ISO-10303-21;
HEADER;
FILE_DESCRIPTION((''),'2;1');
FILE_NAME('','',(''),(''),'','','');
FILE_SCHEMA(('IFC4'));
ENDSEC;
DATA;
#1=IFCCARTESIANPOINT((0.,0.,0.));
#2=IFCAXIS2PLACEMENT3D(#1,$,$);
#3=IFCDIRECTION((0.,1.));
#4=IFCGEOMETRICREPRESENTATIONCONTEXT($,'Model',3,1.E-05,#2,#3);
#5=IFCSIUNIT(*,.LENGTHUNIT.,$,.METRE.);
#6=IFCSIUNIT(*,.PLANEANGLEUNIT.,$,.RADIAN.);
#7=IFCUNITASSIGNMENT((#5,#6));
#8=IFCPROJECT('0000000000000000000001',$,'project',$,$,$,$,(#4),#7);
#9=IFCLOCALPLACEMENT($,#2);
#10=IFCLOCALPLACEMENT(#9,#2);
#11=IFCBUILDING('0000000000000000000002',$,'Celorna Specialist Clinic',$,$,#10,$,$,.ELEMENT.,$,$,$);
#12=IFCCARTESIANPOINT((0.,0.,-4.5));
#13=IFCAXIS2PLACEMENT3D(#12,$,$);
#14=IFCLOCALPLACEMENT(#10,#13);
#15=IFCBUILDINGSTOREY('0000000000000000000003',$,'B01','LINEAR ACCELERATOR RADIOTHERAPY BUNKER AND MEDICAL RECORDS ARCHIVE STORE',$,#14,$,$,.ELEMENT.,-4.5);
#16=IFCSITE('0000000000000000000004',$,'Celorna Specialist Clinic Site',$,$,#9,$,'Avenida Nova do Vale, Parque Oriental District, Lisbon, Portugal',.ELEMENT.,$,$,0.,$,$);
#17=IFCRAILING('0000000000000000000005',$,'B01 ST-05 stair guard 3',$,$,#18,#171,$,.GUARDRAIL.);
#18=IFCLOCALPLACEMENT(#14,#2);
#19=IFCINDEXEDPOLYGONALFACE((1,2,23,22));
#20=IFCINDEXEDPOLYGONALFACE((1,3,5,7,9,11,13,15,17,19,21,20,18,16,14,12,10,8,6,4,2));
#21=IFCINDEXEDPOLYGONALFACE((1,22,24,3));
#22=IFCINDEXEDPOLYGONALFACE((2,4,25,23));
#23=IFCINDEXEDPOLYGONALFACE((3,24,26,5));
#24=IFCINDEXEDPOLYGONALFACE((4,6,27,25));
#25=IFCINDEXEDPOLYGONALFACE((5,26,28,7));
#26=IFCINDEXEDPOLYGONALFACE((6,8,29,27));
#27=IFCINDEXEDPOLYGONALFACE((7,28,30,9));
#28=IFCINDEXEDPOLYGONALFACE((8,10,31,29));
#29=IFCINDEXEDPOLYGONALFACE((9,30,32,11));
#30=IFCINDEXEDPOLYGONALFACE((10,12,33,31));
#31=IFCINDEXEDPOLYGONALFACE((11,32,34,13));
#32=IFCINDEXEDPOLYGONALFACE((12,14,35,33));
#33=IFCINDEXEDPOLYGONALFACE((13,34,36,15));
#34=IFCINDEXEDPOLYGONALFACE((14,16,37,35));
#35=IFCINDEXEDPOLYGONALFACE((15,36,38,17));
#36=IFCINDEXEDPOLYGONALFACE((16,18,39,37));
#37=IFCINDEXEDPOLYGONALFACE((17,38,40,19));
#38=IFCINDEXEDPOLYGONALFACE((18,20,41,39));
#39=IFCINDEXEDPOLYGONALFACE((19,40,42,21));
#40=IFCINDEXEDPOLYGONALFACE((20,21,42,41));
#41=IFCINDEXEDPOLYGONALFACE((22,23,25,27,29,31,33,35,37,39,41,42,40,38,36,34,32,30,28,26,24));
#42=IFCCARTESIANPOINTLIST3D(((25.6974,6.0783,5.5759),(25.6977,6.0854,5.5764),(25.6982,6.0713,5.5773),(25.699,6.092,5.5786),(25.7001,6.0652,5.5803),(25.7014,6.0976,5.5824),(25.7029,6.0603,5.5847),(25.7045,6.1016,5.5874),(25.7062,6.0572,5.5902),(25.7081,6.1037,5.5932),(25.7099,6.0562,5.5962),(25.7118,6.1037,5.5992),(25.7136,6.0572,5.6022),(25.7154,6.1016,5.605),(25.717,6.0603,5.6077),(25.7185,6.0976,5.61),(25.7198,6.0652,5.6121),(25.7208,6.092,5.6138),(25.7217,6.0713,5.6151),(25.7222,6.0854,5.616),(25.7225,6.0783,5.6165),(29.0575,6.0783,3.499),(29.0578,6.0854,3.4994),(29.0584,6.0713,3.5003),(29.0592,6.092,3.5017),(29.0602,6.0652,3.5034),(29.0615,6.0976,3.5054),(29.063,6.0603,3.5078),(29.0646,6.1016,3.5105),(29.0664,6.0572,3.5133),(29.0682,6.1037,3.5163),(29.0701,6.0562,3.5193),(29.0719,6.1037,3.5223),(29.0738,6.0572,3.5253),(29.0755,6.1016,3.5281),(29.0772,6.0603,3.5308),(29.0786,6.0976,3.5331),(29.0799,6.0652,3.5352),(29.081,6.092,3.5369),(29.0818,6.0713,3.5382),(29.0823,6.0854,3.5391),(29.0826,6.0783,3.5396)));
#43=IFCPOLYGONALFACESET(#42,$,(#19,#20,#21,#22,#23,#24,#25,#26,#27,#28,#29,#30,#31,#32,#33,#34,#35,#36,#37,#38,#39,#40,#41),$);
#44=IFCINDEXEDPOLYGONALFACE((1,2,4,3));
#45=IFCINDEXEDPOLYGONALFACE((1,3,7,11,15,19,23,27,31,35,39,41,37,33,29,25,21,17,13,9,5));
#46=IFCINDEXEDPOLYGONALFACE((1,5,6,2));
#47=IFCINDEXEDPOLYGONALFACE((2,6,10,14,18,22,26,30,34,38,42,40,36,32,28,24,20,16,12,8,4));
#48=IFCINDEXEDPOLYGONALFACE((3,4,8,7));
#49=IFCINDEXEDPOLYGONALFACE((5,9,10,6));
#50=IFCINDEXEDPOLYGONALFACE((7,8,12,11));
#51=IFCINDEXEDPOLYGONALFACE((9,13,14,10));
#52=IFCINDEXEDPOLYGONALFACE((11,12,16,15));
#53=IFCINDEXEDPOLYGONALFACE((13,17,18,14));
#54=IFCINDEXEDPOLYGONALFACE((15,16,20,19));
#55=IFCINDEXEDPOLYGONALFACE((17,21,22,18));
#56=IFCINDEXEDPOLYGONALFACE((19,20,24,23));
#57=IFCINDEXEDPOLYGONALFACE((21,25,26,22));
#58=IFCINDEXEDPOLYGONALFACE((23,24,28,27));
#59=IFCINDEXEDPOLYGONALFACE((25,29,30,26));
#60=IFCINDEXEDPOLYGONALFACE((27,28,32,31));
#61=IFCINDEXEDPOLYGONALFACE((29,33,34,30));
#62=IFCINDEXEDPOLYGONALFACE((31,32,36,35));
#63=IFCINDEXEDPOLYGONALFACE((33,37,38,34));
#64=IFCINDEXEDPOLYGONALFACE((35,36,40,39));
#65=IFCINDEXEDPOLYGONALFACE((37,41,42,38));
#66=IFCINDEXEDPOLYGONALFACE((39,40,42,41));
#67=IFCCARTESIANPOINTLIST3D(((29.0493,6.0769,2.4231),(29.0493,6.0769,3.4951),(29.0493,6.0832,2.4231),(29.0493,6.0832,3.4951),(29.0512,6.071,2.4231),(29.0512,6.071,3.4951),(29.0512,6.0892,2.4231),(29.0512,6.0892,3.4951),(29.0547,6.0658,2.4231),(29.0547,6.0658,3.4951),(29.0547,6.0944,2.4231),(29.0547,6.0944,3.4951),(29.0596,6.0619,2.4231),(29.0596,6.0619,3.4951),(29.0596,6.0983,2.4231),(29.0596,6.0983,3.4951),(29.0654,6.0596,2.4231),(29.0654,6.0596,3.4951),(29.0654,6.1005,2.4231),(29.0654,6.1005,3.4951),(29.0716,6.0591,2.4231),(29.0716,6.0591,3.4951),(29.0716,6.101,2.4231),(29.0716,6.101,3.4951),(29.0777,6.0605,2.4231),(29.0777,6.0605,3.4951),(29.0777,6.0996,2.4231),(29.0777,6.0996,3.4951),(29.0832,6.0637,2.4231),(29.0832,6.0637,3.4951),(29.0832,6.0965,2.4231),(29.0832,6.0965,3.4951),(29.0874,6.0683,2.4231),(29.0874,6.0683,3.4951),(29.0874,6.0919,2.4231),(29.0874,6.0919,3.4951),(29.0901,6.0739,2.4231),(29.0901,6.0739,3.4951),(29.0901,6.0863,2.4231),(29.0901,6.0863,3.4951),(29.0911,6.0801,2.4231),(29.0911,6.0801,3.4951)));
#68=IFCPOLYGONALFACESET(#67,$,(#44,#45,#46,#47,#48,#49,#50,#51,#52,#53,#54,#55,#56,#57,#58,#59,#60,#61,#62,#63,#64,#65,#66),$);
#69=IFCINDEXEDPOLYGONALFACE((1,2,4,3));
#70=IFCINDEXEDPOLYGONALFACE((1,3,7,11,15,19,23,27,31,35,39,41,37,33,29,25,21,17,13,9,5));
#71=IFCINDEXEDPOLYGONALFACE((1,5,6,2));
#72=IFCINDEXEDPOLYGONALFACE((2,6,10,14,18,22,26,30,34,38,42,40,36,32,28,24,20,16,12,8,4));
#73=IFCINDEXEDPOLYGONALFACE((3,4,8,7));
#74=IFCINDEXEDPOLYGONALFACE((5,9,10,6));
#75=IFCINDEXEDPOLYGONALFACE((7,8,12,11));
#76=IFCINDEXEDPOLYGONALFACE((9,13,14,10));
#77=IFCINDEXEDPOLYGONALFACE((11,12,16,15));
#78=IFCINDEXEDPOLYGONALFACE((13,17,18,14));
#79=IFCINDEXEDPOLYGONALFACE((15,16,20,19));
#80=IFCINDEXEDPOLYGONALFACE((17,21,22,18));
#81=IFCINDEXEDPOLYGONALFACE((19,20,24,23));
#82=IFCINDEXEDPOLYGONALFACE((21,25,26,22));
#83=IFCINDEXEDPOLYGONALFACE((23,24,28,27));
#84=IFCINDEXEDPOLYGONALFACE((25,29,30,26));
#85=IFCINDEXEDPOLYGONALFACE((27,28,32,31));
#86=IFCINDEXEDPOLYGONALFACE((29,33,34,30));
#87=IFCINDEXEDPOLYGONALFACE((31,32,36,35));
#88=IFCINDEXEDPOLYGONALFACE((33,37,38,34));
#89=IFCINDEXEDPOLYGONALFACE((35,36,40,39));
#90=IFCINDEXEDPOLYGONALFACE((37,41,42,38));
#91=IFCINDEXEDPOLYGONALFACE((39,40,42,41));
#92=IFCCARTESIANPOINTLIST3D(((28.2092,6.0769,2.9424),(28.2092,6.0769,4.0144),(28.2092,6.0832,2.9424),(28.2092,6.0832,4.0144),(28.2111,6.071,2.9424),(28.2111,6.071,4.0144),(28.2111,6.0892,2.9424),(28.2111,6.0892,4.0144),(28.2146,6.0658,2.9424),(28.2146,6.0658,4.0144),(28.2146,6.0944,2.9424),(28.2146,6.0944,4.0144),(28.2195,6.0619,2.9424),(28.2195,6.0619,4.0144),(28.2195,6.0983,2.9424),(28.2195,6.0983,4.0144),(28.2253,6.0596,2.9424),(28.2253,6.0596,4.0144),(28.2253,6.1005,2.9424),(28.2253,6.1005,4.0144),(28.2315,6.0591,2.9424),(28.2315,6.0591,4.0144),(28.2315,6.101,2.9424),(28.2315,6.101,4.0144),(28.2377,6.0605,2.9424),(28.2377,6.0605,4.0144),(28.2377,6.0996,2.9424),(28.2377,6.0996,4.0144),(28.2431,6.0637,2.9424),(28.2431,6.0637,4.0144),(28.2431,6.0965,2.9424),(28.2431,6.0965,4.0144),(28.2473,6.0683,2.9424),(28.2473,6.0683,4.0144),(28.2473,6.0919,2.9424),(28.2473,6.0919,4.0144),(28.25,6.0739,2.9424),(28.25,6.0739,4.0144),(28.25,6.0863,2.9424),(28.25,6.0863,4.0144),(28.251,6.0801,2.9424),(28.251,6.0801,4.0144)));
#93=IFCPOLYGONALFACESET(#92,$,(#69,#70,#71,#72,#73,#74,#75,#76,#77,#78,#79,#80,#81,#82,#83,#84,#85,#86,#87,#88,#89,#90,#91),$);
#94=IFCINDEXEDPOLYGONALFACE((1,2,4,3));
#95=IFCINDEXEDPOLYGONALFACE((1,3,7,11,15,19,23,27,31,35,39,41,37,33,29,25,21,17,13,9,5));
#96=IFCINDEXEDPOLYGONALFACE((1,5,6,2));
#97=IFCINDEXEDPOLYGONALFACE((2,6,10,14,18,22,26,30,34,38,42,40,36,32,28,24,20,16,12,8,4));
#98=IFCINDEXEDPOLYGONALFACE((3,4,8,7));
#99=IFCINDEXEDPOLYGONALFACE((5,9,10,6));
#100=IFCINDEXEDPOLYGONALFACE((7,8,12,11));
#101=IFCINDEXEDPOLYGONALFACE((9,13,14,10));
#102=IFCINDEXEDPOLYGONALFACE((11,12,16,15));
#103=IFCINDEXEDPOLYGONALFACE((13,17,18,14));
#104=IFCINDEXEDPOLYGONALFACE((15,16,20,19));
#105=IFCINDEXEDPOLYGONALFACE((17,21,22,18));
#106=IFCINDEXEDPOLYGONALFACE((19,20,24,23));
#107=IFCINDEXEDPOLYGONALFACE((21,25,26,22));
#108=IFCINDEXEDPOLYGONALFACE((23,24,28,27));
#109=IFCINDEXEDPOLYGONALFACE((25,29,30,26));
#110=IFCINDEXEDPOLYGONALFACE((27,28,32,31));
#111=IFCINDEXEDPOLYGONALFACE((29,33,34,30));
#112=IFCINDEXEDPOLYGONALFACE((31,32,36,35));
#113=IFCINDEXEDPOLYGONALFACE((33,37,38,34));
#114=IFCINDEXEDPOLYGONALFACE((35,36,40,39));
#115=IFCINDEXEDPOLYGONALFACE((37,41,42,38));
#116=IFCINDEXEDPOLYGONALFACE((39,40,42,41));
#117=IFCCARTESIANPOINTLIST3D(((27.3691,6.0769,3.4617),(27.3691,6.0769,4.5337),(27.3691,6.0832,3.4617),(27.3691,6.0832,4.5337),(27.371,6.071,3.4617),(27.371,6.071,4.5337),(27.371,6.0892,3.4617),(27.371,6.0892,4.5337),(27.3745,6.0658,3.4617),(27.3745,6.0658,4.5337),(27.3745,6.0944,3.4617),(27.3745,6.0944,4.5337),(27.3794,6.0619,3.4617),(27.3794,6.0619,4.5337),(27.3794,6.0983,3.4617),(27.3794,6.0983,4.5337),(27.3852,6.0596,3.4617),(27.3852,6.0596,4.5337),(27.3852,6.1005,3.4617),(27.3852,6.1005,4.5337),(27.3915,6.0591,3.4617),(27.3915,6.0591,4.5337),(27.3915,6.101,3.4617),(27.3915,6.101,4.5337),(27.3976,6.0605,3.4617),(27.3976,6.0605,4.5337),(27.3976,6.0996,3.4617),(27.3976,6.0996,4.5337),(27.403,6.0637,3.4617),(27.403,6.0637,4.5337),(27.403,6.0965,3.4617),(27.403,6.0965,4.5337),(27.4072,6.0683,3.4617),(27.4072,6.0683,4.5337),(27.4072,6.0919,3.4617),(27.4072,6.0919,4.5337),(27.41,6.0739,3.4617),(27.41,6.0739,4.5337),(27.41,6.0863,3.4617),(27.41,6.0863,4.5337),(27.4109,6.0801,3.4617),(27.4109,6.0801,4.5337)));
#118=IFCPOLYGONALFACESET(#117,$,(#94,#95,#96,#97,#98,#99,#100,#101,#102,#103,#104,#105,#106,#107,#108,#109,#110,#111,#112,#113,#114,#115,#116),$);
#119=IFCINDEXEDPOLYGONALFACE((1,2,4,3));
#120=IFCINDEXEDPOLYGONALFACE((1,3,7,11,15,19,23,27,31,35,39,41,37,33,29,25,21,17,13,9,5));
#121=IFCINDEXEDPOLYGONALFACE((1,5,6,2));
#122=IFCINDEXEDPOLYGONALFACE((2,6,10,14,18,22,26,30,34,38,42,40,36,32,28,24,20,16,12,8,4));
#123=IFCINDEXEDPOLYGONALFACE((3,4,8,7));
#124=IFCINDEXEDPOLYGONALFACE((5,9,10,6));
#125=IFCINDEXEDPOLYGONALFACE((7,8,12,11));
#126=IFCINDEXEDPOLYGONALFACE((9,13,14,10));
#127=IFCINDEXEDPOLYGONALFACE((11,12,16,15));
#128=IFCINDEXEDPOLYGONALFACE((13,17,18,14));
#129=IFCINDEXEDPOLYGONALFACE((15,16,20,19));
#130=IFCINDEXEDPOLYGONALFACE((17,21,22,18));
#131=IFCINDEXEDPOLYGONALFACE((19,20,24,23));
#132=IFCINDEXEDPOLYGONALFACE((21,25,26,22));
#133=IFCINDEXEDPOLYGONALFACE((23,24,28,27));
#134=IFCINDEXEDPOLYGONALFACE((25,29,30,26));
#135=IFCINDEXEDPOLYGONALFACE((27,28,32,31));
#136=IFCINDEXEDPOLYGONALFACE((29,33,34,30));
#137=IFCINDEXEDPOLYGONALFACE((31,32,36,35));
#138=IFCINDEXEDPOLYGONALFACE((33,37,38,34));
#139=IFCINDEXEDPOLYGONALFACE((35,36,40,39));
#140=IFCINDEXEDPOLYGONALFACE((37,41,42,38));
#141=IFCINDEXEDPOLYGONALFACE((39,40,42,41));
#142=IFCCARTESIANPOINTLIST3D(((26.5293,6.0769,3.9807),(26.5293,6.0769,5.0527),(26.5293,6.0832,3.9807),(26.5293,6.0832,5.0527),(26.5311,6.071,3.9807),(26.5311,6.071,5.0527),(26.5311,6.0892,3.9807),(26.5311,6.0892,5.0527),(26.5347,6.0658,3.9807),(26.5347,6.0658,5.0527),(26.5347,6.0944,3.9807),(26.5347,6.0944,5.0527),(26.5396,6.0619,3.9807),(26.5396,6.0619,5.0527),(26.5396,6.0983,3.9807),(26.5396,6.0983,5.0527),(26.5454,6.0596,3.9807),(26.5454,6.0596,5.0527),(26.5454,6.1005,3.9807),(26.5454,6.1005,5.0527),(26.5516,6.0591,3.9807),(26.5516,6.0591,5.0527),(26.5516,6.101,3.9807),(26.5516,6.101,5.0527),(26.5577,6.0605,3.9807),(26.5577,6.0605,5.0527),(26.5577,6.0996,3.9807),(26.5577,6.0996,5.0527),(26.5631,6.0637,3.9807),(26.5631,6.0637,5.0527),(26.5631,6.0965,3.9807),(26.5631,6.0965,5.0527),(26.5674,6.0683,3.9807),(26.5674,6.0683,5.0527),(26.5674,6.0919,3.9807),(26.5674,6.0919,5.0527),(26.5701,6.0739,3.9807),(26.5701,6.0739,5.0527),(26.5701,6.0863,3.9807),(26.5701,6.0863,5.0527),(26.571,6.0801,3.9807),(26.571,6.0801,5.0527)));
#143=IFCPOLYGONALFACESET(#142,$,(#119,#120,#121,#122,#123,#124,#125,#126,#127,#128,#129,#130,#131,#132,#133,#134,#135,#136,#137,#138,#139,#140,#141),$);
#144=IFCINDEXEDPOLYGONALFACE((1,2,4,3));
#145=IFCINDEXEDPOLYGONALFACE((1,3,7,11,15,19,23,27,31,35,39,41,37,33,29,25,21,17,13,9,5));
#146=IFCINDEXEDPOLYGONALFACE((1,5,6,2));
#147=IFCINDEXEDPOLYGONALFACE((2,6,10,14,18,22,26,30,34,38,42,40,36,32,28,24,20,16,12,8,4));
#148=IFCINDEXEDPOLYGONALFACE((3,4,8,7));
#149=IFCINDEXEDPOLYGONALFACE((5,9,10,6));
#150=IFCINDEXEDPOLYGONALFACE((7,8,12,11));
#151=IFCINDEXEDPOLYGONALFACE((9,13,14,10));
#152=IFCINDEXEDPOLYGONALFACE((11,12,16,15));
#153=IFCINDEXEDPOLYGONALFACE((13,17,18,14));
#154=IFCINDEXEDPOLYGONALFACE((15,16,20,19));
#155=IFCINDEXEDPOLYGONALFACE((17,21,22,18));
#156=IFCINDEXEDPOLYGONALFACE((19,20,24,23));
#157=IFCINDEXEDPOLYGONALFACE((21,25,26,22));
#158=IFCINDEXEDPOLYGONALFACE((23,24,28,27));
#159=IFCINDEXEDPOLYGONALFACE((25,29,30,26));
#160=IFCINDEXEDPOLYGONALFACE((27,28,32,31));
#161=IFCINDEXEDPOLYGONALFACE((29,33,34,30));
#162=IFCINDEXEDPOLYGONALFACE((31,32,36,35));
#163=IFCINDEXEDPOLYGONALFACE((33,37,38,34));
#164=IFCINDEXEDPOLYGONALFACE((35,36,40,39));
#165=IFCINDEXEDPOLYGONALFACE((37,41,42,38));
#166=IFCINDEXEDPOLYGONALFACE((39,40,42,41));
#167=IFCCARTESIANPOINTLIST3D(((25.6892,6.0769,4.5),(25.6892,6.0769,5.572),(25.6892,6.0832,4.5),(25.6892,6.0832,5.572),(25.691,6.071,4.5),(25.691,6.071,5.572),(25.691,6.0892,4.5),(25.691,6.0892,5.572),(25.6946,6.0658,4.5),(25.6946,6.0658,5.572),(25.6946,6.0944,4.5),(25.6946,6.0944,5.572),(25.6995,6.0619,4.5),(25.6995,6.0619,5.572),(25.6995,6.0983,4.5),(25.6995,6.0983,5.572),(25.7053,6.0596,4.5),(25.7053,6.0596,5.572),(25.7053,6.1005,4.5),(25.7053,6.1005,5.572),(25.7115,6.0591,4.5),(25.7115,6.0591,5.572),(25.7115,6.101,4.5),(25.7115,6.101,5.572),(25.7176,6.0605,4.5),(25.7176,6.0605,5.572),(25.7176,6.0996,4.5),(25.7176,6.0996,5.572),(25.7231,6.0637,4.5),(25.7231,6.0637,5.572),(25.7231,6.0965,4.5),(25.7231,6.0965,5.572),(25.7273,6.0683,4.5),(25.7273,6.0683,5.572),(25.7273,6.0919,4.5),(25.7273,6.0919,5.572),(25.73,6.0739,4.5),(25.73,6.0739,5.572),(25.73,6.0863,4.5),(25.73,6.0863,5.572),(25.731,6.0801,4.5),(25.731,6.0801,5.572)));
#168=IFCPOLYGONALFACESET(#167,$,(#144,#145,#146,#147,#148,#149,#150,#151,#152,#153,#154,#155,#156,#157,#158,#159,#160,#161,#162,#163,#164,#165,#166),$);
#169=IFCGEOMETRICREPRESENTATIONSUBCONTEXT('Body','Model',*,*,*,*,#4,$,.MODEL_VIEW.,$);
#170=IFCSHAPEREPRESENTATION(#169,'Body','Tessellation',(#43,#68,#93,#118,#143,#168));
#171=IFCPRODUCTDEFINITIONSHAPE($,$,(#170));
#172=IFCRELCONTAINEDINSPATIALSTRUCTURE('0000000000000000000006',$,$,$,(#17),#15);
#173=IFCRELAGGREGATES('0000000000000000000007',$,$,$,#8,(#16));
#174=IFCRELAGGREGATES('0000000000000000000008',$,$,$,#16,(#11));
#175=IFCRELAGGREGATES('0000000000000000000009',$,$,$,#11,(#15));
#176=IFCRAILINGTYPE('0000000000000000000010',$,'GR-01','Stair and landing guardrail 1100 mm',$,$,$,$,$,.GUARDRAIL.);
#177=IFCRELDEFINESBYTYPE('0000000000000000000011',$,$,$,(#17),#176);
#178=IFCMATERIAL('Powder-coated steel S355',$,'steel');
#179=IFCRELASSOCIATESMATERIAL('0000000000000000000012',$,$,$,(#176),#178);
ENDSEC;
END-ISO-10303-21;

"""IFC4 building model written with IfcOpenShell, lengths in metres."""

from ifc_helpers import new_model, si_unit, direction, frame, origin, origin_2d, place, context, subcontext, project, spatial, circle, extrude, material, type_object, element, save


model = new_model("IFC4")

# Units and contexts
model_context = context("Model", 3, precision=1e-05, world=origin(), true_north=direction((0.0, 1.0)))
body_context = subcontext(model_context, "Body", "Model", "MODEL_VIEW")
ifc_project = project(units=[si_unit("LENGTHUNIT", "METRE"), si_unit("PLANEANGLEUNIT", "RADIAN")], contexts=[model_context])

# Site, building, storey
site_placement = place(None, origin())
site = spatial("IfcSite", under=ifc_project, at=site_placement, Name="Celorna Specialist Clinic Site", LongName="Avenida Nova do Vale, Parque Oriental District, Lisbon, Portugal", CompositionType="ELEMENT", RefElevation=0.0)
building_placement = place(site_placement, origin())
building = spatial("IfcBuilding", under=site, at=building_placement, Name="Celorna Specialist Clinic", CompositionType="ELEMENT")
storey_placement = place(building_placement, frame((0.0, 0.0, -4.5)))
storey = spatial("IfcBuildingStorey", under=building, at=storey_placement, Name="B01", Description="LINEAR ACCELERATOR RADIOTHERAPY BUNKER AND MEDICAL RECORDS ARCHIVE STORE", CompositionType="ELEMENT", Elevation=-4.5)

# Railing
ifc_material_1 = material(Name="Powder-coated steel S355", Category="steel")
railing_type_1 = type_object("IfcRailingType", Name="GR-01", Description="Stair and landing guardrail 1100 mm", PredefinedType="GUARDRAIL", material=ifc_material_1)
railing_1_placement = place(storey_placement, frame((29.0701, 6.0801, 2.4231)))
element("IfcRailing", 1, at=railing_1_placement, inside=storey, type_object=railing_type_1, Name="B01 ST-05 stair guard 3", PredefinedType="GUARDRAIL", context=body_context, shape_type="SweptSolid", body=[
    extrude(circle(Radius=0.0239, at=origin_2d()), frame((0.0, 0.0, 1.0962), z_axis=(-0.850623, 0.0, 0.525776), x_axis=(0.0, -1.0, 0.0)), (0.0, 0.0, 1.0), 3.9502),
    extrude(circle(Radius=0.021, at=origin_2d()), origin(), (0.0, 0.0, 1.0), 1.072),
    extrude(circle(Radius=0.021, at=origin_2d()), frame((-0.8401, 0.0, 0.5193)), (0.0, 0.0, 1.0), 1.072),
    extrude(circle(Radius=0.021, at=origin_2d()), frame((-1.6802, 0.0, 1.0386)), (0.0, 0.0, 1.0), 1.072),
    extrude(circle(Radius=0.021, at=origin_2d()), frame((-2.52, 0.0, 1.5576)), (0.0, 0.0, 1.0), 1.072),
    extrude(circle(Radius=0.021, at=origin_2d()), frame((-3.3601, 0.0, 2.0769)), (0.0, 0.0, 1.0), 1.072),
])

save(model, "model.ifc")
